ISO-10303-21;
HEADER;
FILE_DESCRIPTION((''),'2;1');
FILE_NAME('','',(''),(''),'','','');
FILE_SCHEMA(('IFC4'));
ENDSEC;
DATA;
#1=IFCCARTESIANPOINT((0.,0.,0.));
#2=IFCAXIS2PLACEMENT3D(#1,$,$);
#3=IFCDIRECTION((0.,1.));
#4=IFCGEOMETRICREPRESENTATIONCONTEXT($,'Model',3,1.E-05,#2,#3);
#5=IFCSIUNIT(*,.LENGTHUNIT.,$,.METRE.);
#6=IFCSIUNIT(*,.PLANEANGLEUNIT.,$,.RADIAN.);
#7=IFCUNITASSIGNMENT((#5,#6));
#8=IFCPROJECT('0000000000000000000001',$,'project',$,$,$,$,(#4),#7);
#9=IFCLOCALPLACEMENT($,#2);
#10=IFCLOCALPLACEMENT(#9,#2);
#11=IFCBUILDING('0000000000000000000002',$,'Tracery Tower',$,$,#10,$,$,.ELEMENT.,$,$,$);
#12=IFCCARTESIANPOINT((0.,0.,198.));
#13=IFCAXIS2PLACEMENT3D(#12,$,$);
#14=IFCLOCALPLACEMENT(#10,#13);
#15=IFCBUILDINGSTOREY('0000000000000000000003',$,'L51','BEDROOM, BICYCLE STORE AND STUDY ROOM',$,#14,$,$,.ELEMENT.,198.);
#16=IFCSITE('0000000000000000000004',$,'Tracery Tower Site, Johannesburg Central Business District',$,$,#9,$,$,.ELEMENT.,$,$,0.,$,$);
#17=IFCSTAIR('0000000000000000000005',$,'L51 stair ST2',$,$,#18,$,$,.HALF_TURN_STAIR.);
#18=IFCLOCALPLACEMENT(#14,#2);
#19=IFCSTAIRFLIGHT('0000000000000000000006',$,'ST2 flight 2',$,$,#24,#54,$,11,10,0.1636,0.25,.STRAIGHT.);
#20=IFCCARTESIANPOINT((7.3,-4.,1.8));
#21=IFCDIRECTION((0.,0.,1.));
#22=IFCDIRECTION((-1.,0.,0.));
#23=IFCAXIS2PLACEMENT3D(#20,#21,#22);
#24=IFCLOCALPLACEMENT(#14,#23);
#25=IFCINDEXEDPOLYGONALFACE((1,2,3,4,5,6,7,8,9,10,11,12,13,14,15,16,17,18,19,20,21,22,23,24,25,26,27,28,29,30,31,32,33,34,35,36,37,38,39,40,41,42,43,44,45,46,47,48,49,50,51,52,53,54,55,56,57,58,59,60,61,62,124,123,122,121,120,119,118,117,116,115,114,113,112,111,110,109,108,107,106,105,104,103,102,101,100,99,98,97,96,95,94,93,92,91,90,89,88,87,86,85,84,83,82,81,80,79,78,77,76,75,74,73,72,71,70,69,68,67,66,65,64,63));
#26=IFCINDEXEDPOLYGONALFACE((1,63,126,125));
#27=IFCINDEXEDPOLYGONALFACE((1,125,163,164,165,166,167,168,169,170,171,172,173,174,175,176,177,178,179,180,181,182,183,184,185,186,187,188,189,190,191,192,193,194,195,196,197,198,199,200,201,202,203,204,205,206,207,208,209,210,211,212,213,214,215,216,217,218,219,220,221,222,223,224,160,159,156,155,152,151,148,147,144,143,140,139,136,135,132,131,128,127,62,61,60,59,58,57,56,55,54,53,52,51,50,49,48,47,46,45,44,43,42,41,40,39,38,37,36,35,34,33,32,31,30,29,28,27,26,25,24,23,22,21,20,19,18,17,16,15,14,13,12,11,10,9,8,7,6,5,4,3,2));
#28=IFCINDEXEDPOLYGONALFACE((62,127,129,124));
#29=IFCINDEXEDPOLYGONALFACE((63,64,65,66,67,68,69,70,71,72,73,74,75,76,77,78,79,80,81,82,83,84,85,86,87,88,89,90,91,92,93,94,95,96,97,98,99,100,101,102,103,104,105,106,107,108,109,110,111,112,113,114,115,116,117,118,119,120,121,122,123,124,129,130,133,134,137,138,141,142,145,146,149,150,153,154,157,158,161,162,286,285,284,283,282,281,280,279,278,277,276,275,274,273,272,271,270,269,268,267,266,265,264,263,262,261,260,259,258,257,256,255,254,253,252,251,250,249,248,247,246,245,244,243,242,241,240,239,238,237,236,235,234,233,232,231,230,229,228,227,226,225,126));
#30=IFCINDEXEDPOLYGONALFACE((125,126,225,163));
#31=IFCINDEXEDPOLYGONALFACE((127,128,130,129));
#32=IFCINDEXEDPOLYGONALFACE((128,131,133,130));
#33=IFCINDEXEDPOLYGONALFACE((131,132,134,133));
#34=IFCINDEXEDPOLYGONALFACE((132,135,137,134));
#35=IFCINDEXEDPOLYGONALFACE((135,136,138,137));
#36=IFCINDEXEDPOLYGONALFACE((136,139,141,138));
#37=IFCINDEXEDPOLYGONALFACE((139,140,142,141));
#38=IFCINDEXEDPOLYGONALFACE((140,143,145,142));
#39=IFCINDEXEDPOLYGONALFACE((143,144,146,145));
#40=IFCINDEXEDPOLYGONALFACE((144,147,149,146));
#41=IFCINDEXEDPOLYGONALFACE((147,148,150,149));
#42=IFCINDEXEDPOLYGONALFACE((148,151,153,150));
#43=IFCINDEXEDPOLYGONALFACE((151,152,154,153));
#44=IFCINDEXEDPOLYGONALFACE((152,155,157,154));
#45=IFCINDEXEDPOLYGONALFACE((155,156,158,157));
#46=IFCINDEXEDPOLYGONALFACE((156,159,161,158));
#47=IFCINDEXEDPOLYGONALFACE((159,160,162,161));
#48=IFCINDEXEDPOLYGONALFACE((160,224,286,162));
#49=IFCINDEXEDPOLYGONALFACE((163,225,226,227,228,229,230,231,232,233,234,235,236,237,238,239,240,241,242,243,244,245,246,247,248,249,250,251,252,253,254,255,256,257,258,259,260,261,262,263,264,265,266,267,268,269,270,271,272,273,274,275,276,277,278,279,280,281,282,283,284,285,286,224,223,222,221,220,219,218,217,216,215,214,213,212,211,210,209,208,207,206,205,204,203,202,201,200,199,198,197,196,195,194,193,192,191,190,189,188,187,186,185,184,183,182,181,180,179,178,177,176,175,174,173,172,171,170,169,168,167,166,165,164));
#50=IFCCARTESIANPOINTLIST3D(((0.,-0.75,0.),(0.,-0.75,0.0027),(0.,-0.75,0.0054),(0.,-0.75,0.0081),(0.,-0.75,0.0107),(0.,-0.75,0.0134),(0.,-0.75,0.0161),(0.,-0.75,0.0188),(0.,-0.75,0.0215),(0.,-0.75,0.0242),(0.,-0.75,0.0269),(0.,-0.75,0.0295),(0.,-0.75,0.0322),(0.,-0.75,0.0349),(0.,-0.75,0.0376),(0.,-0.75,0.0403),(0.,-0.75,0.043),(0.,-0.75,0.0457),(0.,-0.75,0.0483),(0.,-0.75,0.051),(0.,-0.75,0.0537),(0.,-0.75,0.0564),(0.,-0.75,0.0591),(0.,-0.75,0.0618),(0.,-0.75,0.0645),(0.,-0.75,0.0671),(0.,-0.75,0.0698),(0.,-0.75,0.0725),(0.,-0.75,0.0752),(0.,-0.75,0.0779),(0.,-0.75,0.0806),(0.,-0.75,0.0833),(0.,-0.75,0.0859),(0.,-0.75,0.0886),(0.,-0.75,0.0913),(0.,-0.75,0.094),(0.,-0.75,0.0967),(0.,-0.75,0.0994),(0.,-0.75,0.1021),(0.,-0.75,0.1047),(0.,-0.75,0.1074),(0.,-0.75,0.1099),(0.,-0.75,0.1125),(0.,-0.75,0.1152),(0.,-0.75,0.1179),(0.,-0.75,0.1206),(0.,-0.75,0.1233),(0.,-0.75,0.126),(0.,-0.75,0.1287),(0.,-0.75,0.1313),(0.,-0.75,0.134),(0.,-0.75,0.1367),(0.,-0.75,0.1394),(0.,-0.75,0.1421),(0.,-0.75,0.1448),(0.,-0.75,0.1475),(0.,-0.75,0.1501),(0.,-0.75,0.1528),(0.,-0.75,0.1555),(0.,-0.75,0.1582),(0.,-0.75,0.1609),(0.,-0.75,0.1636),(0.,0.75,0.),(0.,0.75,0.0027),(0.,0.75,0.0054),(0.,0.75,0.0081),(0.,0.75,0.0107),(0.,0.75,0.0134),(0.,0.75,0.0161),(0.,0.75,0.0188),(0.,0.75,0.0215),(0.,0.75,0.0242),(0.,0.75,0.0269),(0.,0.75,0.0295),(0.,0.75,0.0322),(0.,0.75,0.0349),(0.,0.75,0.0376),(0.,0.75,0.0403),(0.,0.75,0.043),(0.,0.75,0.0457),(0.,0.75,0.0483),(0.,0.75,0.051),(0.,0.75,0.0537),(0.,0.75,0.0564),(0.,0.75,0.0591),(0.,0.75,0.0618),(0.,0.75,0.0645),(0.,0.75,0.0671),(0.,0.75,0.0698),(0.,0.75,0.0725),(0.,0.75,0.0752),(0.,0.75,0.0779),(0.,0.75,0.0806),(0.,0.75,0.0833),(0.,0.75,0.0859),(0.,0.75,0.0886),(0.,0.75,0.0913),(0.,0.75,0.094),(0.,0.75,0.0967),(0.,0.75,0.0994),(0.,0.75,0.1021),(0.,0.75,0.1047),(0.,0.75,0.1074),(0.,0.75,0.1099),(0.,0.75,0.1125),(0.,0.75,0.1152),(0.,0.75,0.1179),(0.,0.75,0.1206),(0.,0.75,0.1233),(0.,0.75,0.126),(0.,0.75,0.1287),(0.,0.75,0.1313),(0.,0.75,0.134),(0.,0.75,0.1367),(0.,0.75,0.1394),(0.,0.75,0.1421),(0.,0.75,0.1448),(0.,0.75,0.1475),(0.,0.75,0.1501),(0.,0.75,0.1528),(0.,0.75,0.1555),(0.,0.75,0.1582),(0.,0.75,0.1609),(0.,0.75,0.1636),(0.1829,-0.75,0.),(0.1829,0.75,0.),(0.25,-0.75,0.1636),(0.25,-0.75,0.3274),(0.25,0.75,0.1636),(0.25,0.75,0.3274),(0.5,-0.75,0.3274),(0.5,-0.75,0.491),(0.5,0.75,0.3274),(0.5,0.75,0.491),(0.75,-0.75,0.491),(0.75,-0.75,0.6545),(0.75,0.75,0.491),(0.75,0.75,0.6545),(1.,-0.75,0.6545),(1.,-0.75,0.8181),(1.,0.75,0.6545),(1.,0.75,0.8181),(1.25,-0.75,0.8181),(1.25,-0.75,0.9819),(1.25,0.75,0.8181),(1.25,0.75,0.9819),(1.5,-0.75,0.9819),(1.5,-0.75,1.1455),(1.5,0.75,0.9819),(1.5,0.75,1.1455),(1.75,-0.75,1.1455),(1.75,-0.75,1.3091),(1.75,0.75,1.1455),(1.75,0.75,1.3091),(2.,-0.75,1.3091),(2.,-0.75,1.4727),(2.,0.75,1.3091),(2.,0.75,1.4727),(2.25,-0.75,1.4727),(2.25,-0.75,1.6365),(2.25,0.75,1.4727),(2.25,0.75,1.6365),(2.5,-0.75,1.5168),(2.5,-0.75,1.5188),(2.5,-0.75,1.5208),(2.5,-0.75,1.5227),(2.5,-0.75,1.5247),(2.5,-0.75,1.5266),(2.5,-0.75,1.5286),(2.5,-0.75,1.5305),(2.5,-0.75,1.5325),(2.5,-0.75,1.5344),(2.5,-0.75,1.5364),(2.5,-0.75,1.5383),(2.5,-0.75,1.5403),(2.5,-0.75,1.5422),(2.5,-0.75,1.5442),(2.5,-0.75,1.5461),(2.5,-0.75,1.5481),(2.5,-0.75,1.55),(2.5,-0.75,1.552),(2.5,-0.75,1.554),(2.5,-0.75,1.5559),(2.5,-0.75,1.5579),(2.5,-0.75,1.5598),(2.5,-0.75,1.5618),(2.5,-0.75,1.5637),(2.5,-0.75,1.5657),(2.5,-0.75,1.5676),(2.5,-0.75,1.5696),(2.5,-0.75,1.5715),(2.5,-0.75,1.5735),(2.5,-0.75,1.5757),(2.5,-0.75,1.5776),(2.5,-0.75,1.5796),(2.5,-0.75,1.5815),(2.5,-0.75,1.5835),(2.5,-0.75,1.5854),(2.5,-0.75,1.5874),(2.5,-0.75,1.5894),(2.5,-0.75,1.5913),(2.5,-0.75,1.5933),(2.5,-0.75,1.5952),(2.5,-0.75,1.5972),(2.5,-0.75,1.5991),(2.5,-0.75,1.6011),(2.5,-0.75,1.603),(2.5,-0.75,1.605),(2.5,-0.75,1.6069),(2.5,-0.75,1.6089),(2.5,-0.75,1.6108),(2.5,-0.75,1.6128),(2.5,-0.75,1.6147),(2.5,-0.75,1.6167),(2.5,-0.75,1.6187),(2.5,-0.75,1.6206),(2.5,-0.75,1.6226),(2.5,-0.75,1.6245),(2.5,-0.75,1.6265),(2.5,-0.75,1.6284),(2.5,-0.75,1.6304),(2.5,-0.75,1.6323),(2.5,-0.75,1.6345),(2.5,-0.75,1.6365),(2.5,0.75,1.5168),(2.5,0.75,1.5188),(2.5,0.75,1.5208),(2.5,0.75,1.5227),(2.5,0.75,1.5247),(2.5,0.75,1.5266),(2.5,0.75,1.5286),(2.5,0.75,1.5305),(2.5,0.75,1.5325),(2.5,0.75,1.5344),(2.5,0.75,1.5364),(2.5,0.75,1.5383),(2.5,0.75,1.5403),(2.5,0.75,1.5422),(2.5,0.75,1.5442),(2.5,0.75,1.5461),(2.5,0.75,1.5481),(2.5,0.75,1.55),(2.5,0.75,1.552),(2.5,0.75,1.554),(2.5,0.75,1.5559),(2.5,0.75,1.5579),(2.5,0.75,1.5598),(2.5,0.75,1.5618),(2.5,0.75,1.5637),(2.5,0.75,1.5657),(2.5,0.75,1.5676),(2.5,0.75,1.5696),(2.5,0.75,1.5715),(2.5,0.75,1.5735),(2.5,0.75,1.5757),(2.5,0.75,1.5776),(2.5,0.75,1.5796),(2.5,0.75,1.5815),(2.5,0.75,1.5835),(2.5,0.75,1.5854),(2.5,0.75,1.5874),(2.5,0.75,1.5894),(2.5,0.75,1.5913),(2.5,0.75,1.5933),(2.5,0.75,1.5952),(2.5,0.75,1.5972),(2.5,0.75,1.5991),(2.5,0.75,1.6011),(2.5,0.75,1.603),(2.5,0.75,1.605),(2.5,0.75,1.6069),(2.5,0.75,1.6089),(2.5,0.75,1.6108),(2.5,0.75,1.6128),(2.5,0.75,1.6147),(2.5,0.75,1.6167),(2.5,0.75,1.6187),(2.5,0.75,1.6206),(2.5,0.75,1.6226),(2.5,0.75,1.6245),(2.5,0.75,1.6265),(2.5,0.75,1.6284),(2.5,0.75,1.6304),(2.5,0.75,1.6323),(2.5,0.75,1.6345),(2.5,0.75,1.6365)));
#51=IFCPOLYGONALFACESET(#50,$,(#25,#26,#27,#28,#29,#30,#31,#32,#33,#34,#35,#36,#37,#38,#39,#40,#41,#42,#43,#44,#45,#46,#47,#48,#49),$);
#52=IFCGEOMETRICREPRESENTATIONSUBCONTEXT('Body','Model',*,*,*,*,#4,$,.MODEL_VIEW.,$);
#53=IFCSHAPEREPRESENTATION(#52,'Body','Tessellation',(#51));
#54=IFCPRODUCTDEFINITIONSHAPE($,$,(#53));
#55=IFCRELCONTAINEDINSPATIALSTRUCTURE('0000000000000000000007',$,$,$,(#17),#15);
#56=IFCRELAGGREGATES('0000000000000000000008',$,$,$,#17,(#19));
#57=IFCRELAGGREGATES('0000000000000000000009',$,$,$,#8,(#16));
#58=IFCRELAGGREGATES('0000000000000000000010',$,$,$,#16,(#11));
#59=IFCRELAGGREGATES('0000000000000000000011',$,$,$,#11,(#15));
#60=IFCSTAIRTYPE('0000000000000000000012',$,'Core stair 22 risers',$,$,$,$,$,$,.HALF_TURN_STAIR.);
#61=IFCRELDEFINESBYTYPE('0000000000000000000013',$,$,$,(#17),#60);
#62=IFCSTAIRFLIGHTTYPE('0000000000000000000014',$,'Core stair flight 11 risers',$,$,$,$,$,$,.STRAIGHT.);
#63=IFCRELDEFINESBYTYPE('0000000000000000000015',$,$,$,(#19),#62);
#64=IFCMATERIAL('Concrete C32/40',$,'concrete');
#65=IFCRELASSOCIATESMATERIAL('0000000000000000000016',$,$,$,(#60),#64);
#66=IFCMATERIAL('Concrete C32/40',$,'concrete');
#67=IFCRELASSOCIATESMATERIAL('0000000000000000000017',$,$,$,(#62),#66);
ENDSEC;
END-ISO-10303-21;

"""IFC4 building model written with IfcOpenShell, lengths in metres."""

from ifc_helpers import new_model, si_unit, direction, frame, origin, place, context, subcontext, project, spatial, polyline, outline, extrude, material, type_object, element, aggregate, save


model = new_model("IFC4")

# Units and contexts
model_context = context("Model", 3, precision=1e-05, world=origin(), true_north=direction((0.0, 1.0)))
body_context = subcontext(model_context, "Body", "Model", "MODEL_VIEW")
ifc_project = project(units=[si_unit("LENGTHUNIT", "METRE"), si_unit("PLANEANGLEUNIT", "RADIAN")], contexts=[model_context])

# Site, building, storey
site_placement = place(None, origin())
site = spatial("IfcSite", under=ifc_project, at=site_placement, Name="Tracery Tower Site, Johannesburg Central Business District", CompositionType="ELEMENT", RefElevation=0.0)
building_placement = place(site_placement, origin())
building = spatial("IfcBuilding", under=site, at=building_placement, Name="Tracery Tower", CompositionType="ELEMENT")
storey_placement = place(building_placement, frame((0.0, 0.0, 198.0)))
storey = spatial("IfcBuildingStorey", under=building, at=storey_placement, Name="L51", Description="BEDROOM, BICYCLE STORE AND STUDY ROOM", CompositionType="ELEMENT", Elevation=198.0)

# Stair, stair flight
ifc_material_1 = material(Name="Concrete C32/40", Category="concrete")
stair_type = type_object("IfcStairType", Name="Core stair 22 risers", PredefinedType="HALF_TURN_STAIR", material=ifc_material_1)
stair_placement = place(storey_placement, origin())
stair = element("IfcStair", 1, at=stair_placement, inside=storey, type_object=stair_type, Name="L51 stair ST2", PredefinedType="HALF_TURN_STAIR")
ifc_material_2 = material(Name="Concrete C32/40", Category="concrete")
stair_flight_type = type_object("IfcStairFlightType", Name="Core stair flight 11 risers", PredefinedType="STRAIGHT", material=ifc_material_2)
stair_flight_1_placement = place(storey_placement, frame((7.3, -4.0, 1.8), z_axis=(0.0, 0.0, 1.0), x_axis=(-1.0, 0.0, 0.0)))
stair_flight_1 = element("IfcStairFlight", 2, at=stair_flight_1_placement, type_object=stair_flight_type, Name="ST2 flight 2", NumberOfRisers=11, NumberOfTreads=10, PredefinedType="STRAIGHT", RiserHeight=0.1636, TreadLength=0.25, context=body_context, shape_type="SweptSolid", body=[
    extrude(outline(polyline([(0.0, 0.0), (0.0, 0.0027), (0.0, 0.0054), (0.0, 0.0081), (0.0, 0.0107), (0.0, 0.0134), (0.0, 0.0161), (0.0, 0.0188), (0.0, 0.0215), (0.0, 0.0242), (0.0, 0.0269), (0.0, 0.0295), (0.0, 0.0322), (0.0, 0.0349), (0.0, 0.0376), (0.0, 0.0403), (0.0, 0.043), (0.0, 0.0457), (0.0, 0.0483), (0.0, 0.051), (0.0, 0.0537), (0.0, 0.0564), (0.0, 0.0591), (0.0, 0.0618), (0.0, 0.0645), (0.0, 0.0671), (0.0, 0.0698), (0.0, 0.0725), (0.0, 0.0752), (0.0, 0.0779), (0.0, 0.0806), (0.0, 0.0833), (0.0, 0.0859), (0.0, 0.0886), (0.0, 0.0913), (0.0, 0.094), (0.0, 0.0967), (0.0, 0.0994), (0.0, 0.1021), (0.0, 0.1047), (0.0, 0.1074), (0.0, 0.1099), (0.0, 0.1125), (0.0, 0.1152), (0.0, 0.1179), (0.0, 0.1206), (0.0, 0.1233), (0.0, 0.126), (0.0, 0.1287), (0.0, 0.1313), (0.0, 0.134), (0.0, 0.1367), (0.0, 0.1394), (0.0, 0.1421), (0.0, 0.1448), (0.0, 0.1475), (0.0, 0.1501), (0.0, 0.1528), (0.0, 0.1555), (0.0, 0.1582), (0.0, 0.1609), (0.0, 0.1636), (0.25, 0.1636), (0.25, 0.3274), (0.5, 0.3274), (0.5, 0.491), (0.75, 0.491), (0.75, 0.6545), (1.0, 0.6545), (1.0, 0.8181), (1.25, 0.8181), (1.25, 0.9819), (1.5, 0.9819), (1.5, 1.1455), (1.75, 1.1455), (1.75, 1.3091), (2.0, 1.3091), (2.0, 1.4727), (2.25, 1.4727), (2.25, 1.6365), (2.5, 1.6365), (2.5, 1.6345), (2.5, 1.6323), (2.5, 1.6304), (2.5, 1.6284), (2.5, 1.6265), (2.5, 1.6245), (2.5, 1.6226), (2.5, 1.6206), (2.5, 1.6187), (2.5, 1.6167), (2.5, 1.6147), (2.5, 1.6128), (2.5, 1.6108), (2.5, 1.6089), (2.5, 1.6069), (2.5, 1.605), (2.5, 1.603), (2.5, 1.6011), (2.5, 1.5991), (2.5, 1.5972), (2.5, 1.5952), (2.5, 1.5933), (2.5, 1.5913), (2.5, 1.5894), (2.5, 1.5874), (2.5, 1.5854), (2.5, 1.5835), (2.5, 1.5815), (2.5, 1.5796), (2.5, 1.5776), (2.5, 1.5757), (2.5, 1.5735), (2.5, 1.5715), (2.5, 1.5696), (2.5, 1.5676), (2.5, 1.5657), (2.5, 1.5637), (2.5, 1.5618), (2.5, 1.5598), (2.5, 1.5579), (2.5, 1.5559), (2.5, 1.554), (2.5, 1.552), (2.5, 1.55), (2.5, 1.5481), (2.5, 1.5461), (2.5, 1.5442), (2.5, 1.5422), (2.5, 1.5403), (2.5, 1.5383), (2.5, 1.5364), (2.5, 1.5344), (2.5, 1.5325), (2.5, 1.5305), (2.5, 1.5286), (2.5, 1.5266), (2.5, 1.5247), (2.5, 1.5227), (2.5, 1.5208), (2.5, 1.5188), (2.5, 1.5168), (0.1829, 0.0), (0.0, 0.0)])), frame((0.0, 0.75, 0.0), z_axis=(0.0, -1.0, 0.0), x_axis=(1.0, 0.0, 0.0)), (0.0, 0.0, 1.0), 1.5),
])
aggregate(stair, [stair_flight_1])

save(model, "model.ifc")
